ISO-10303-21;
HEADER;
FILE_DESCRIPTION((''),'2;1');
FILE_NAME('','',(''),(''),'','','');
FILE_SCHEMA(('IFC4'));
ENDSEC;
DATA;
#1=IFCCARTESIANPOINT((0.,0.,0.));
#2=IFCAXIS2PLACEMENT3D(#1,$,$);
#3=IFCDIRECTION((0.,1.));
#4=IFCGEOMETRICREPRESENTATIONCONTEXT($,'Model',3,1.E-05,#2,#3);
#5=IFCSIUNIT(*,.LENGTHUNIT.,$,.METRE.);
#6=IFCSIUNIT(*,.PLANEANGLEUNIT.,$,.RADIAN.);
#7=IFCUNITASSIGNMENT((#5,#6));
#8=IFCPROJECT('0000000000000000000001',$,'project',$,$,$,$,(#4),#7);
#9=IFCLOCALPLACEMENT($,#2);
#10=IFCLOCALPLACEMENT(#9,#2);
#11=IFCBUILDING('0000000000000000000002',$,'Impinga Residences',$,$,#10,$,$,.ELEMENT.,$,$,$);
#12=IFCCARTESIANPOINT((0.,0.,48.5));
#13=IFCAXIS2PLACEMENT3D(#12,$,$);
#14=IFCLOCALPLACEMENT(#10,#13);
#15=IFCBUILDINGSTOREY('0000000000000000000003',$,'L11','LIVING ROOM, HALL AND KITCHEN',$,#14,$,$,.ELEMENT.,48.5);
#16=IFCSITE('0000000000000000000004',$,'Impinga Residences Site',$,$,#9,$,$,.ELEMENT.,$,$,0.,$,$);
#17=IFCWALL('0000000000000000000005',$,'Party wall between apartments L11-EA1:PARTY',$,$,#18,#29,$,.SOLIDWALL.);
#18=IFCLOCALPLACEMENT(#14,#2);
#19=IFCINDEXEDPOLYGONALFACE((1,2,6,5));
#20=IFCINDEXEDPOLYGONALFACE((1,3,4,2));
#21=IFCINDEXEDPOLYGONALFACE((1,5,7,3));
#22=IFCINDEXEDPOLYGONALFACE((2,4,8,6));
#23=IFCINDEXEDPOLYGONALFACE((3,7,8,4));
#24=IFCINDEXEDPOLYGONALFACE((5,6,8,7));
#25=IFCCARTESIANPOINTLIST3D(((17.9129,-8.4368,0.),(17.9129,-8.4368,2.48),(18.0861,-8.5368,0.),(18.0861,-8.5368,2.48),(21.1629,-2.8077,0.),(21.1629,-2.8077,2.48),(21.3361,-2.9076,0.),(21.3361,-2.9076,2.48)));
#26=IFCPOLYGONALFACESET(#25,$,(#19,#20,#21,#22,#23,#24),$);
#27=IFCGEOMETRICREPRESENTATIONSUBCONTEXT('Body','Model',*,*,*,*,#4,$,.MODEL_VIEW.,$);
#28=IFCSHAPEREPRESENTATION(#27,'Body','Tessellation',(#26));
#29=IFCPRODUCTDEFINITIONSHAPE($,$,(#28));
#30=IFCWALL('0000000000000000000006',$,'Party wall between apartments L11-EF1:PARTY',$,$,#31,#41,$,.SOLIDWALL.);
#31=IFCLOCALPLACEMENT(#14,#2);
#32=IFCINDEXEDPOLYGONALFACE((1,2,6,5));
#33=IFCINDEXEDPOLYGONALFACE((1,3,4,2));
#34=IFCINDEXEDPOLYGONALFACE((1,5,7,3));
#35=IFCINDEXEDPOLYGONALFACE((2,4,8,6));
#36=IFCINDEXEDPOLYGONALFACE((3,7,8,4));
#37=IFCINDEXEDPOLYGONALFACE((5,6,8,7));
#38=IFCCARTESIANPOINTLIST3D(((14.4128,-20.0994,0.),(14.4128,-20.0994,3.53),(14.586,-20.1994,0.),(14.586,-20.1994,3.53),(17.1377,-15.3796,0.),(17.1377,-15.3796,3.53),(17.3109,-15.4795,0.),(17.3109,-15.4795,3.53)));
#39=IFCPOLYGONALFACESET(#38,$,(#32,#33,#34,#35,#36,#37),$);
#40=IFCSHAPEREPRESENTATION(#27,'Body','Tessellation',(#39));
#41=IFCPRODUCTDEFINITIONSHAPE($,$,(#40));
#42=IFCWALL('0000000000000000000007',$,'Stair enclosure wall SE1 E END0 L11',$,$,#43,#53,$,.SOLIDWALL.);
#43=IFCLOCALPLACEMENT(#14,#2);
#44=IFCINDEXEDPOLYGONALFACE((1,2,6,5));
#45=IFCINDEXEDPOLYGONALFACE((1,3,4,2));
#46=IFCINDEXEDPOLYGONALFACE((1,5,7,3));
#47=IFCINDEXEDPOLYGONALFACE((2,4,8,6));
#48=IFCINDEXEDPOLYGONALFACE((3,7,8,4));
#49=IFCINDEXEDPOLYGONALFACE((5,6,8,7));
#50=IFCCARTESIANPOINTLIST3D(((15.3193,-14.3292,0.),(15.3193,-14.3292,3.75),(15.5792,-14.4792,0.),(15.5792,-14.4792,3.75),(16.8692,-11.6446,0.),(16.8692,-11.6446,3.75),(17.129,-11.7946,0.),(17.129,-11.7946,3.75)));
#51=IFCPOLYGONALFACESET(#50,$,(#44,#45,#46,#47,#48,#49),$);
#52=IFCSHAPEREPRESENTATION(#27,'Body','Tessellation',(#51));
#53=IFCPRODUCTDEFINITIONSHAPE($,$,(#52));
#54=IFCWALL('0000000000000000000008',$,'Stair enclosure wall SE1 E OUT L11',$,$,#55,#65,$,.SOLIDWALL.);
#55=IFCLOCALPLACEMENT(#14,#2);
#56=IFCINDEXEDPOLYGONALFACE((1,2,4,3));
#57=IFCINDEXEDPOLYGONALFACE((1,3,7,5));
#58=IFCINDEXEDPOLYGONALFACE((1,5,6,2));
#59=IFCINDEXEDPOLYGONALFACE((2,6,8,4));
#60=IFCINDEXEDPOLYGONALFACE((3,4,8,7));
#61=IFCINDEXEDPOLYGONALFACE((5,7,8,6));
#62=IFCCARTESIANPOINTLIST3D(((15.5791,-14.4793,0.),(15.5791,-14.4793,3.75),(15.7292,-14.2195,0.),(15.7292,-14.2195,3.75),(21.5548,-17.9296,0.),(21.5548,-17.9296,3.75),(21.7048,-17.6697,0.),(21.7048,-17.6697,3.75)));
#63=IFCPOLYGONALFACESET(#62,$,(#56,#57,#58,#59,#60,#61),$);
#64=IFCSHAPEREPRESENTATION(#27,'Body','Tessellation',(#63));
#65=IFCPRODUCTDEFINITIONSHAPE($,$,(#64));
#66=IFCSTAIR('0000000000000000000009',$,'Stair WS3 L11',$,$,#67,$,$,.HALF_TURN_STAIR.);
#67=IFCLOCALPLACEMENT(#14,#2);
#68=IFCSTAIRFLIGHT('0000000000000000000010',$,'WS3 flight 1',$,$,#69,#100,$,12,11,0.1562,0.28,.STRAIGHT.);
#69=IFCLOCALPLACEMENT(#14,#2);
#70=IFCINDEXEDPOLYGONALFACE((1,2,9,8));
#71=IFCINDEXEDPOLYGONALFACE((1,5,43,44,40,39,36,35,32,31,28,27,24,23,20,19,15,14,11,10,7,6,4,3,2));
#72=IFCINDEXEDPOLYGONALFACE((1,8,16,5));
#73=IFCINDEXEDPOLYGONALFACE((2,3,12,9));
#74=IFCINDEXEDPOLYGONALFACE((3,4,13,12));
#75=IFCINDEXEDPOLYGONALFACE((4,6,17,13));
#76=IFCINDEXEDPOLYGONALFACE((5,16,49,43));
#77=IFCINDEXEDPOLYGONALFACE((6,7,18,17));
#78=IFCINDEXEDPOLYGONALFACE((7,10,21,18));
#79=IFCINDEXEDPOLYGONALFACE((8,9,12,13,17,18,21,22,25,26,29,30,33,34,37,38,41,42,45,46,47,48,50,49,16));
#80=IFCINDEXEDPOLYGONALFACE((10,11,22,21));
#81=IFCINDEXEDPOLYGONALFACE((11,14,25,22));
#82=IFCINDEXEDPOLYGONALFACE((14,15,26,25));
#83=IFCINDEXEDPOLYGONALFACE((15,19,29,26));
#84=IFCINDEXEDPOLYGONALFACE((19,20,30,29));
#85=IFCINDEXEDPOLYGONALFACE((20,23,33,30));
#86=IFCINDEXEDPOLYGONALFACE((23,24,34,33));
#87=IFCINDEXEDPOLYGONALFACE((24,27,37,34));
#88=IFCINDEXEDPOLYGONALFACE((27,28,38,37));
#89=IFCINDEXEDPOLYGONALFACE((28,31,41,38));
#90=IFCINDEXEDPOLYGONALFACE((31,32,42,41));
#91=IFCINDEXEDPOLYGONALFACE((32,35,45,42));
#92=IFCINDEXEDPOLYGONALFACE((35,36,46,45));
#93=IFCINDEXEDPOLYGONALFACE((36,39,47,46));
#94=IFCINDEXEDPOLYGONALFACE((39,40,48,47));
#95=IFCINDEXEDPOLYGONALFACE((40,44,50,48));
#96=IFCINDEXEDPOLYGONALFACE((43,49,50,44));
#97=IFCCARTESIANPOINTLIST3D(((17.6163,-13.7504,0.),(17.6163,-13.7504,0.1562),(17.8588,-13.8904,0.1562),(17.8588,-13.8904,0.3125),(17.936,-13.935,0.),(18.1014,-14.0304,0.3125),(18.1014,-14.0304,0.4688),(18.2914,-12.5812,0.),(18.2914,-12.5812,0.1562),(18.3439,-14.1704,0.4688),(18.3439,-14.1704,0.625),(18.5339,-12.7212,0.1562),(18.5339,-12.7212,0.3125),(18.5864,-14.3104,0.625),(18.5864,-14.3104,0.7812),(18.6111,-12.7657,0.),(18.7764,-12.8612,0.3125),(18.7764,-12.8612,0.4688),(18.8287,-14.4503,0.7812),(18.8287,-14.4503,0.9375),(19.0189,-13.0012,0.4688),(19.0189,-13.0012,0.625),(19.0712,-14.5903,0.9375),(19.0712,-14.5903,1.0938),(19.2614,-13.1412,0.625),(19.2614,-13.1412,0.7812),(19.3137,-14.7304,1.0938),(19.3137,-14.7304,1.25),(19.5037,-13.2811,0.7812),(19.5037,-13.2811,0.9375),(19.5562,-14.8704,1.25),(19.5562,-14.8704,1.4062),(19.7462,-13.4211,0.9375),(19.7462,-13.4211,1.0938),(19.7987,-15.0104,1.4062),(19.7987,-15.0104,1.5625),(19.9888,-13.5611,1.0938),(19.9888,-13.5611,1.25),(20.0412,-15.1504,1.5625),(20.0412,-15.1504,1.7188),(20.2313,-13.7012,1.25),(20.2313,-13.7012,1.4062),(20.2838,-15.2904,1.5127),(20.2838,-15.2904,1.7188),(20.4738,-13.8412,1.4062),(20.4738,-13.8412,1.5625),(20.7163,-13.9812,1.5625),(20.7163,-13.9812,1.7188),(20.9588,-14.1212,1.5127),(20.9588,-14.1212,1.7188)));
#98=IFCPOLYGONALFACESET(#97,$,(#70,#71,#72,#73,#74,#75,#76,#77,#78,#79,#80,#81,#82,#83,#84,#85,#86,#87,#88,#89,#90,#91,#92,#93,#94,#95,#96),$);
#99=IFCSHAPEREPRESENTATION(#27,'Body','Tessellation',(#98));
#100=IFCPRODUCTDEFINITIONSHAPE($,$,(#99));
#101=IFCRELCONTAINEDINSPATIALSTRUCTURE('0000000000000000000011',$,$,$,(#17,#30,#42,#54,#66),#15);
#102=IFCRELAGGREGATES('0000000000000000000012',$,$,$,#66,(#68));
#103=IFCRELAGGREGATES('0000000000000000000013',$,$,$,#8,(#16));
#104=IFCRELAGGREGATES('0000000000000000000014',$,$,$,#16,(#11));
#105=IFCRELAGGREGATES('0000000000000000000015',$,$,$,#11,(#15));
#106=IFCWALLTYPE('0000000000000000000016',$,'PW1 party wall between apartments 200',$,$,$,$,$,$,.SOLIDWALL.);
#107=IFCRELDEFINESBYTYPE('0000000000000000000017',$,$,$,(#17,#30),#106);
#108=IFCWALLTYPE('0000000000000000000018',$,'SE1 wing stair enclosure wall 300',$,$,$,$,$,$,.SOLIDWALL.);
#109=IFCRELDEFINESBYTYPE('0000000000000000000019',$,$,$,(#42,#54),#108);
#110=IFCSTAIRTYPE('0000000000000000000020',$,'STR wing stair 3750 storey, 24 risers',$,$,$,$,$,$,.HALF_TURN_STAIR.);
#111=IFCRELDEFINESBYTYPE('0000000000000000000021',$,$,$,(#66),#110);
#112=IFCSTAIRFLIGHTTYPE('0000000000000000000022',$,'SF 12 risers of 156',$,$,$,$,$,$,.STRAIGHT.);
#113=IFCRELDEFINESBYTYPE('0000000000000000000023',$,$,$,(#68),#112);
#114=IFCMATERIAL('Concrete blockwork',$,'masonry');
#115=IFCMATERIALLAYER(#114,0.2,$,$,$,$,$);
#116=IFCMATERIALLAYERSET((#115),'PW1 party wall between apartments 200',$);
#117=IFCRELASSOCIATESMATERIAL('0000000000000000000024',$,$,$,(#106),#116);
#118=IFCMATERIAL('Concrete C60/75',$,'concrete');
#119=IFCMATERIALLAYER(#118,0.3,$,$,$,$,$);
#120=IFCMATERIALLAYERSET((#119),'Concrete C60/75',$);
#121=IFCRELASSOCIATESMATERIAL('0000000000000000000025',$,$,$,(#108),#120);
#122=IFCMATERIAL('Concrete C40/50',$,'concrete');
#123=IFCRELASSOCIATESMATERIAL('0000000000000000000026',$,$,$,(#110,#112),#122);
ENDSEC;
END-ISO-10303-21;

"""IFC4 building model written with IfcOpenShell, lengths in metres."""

from ifc_helpers import new_model, si_unit, direction, frame, frame_2d, origin, place, context, subcontext, project, spatial, polyline, rectangle, outline, extrude, material, layer, layer_set, type_object, element, aggregate, save


model = new_model("IFC4")

# Units and contexts
model_context = context("Model", 3, precision=1e-05, world=origin(), true_north=direction((0.0, 1.0)))
body_context = subcontext(model_context, "Body", "Model", "MODEL_VIEW")
ifc_project = project(units=[si_unit("LENGTHUNIT", "METRE"), si_unit("PLANEANGLEUNIT", "RADIAN")], contexts=[model_context])

# Site, building, storey
site_placement = place(None, origin())
site = spatial("IfcSite", under=ifc_project, at=site_placement, Name="Impinga Residences Site", CompositionType="ELEMENT", RefElevation=0.0)
building_placement = place(site_placement, origin())
building = spatial("IfcBuilding", under=site, at=building_placement, Name="Impinga Residences", CompositionType="ELEMENT")
storey_placement = place(building_placement, frame((0.0, 0.0, 48.5)))
storey = spatial("IfcBuildingStorey", under=building, at=storey_placement, Name="L11", Description="LIVING ROOM, HALL AND KITCHEN", CompositionType="ELEMENT", Elevation=48.5)

# Shared definitions
ifc_material_1 = material(Name="Concrete C60/75", Category="concrete")

# Walls
ifc_material_2 = material(Name="Concrete blockwork", Category="masonry")
ifc_layer_1 = layer(ifc_material_2, 0.2)
ifc_layer_set_1 = layer_set([ifc_layer_1], Name="PW1 party wall between apartments 200")
wall_type_1 = type_object("IfcWallType", Name="PW1 party wall between apartments 200", PredefinedType="SOLIDWALL", material=ifc_layer_set_1)
wall_1_placement = place(storey_placement, frame((17.9995, -8.4868, 0.0), z_axis=(0.0, 0.0, 1.0), x_axis=(0.500001, 0.866025, 0.0)))
element("IfcWall", 1, at=wall_1_placement, inside=storey, type_object=wall_type_1, Name="Party wall between apartments L11-EA1:PARTY", PredefinedType="SOLIDWALL", context=body_context, shape_type="SweptSolid", body=[
    extrude(rectangle(XDim=6.5, YDim=0.2, at=frame_2d((3.25, 0.0))), origin(), (0.0, 0.0, 1.0), 2.48),
])
wall_2_placement = place(storey_placement, frame((17.2244, -15.4294, 0.0), z_axis=(0.0, 0.0, 1.0), x_axis=(-0.499989, -0.866032, 0.0)))
element("IfcWall", 2, at=wall_2_placement, inside=storey, type_object=wall_type_1, Name="Party wall between apartments L11-EF1:PARTY", PredefinedType="SOLIDWALL", context=body_context, shape_type="SweptSolid", body=[
    extrude(rectangle(XDim=5.45, YDim=0.2, at=frame_2d((2.7251, 0.0))), origin(), (0.0, 0.0, 1.0), 3.53),
])
ifc_layer_2 = layer(ifc_material_1, 0.3)
ifc_layer_set_2 = layer_set([ifc_layer_2], Name="Concrete C60/75")
wall_type_2 = type_object("IfcWallType", Name="SE1 wing stair enclosure wall 300", PredefinedType="SOLIDWALL", material=ifc_layer_set_2)
wall_3_placement = place(storey_placement, frame((16.999, -11.7197, 0.0), z_axis=(0.0, 0.0, 1.0), x_axis=(-0.499968, -0.866044, 0.0)))
element("IfcWall", 3, at=wall_3_placement, inside=storey, type_object=wall_type_2, Name="Stair enclosure wall SE1 E END0 L11", PredefinedType="SOLIDWALL", context=body_context, shape_type="SweptSolid", body=[
    extrude(rectangle(XDim=3.0999, YDim=0.3, at=frame_2d((1.5498, 0.0))), origin(), (0.0, 0.0, 1.0), 3.75),
])
wall_4_placement = place(storey_placement, frame((15.6541, -14.3494, 0.0), z_axis=(0.0, 0.0, 1.0), x_axis=(0.866014, -0.500021, 0.0)))
element("IfcWall", 4, at=wall_4_placement, inside=storey, type_object=wall_type_2, Name="Stair enclosure wall SE1 E OUT L11", PredefinedType="SOLIDWALL", context=body_context, shape_type="SweptSolid", body=[
    extrude(rectangle(XDim=6.9001, YDim=0.3, at=frame_2d((3.4502, 0.0))), origin(), (0.0, 0.0, 1.0), 3.75),
])

# Stair, stair flight
ifc_material_3 = material(Name="Concrete C40/50", Category="concrete")
stair_type = type_object("IfcStairType", Name="STR wing stair 3750 storey, 24 risers", PredefinedType="HALF_TURN_STAIR", material=ifc_material_3)
stair_placement = place(storey_placement, origin())
stair = element("IfcStair", 5, at=stair_placement, inside=storey, type_object=stair_type, Name="Stair WS3 L11", PredefinedType="HALF_TURN_STAIR")
stair_flight_type = type_object("IfcStairFlightType", Name="SF 12 risers of 156", PredefinedType="STRAIGHT", material=ifc_material_3)
stair_flight_placement = place(storey_placement, frame((17.9539, -13.1658, 0.0), z_axis=(0.0, 0.0, 1.0), x_axis=(0.866025, -0.5, 0.0)))
stair_flight = element("IfcStairFlight", 6, at=stair_flight_placement, type_object=stair_flight_type, Name="WS3 flight 1", NumberOfRisers=12, NumberOfTreads=11, PredefinedType="STRAIGHT", RiserHeight=0.1562, TreadLength=0.28, context=body_context, shape_type="SweptSolid", body=[
    extrude(outline(polyline([(0.0, 0.0), (0.0, 0.1562), (0.28, 0.1562), (0.28, 0.3125), (0.5601, 0.3125), (0.5601, 0.4688), (0.8401, 0.4688), (0.8401, 0.625), (1.1201, 0.625), (1.1201, 0.7812), (1.3999, 0.7812), (1.3999, 0.9375), (1.6799, 0.9375), (1.6799, 1.0938), (1.96, 1.0938), (1.96, 1.25), (2.24, 1.25), (2.24, 1.4062), (2.52, 1.4062), (2.52, 1.5625), (2.8, 1.5625), (2.8, 1.7188), (3.0801, 1.7188), (3.0801, 1.875), (3.0801, 1.5127), (0.3691, 0.0), (0.0, 0.0)])), frame((0.0, 0.675, 0.0), z_axis=(0.0, -1.0, 0.0), x_axis=(1.0, 0.0, 0.0)), (0.0, 0.0, 1.0), 1.3501),
])
aggregate(stair, [stair_flight])

save(model, "model.ifc")
